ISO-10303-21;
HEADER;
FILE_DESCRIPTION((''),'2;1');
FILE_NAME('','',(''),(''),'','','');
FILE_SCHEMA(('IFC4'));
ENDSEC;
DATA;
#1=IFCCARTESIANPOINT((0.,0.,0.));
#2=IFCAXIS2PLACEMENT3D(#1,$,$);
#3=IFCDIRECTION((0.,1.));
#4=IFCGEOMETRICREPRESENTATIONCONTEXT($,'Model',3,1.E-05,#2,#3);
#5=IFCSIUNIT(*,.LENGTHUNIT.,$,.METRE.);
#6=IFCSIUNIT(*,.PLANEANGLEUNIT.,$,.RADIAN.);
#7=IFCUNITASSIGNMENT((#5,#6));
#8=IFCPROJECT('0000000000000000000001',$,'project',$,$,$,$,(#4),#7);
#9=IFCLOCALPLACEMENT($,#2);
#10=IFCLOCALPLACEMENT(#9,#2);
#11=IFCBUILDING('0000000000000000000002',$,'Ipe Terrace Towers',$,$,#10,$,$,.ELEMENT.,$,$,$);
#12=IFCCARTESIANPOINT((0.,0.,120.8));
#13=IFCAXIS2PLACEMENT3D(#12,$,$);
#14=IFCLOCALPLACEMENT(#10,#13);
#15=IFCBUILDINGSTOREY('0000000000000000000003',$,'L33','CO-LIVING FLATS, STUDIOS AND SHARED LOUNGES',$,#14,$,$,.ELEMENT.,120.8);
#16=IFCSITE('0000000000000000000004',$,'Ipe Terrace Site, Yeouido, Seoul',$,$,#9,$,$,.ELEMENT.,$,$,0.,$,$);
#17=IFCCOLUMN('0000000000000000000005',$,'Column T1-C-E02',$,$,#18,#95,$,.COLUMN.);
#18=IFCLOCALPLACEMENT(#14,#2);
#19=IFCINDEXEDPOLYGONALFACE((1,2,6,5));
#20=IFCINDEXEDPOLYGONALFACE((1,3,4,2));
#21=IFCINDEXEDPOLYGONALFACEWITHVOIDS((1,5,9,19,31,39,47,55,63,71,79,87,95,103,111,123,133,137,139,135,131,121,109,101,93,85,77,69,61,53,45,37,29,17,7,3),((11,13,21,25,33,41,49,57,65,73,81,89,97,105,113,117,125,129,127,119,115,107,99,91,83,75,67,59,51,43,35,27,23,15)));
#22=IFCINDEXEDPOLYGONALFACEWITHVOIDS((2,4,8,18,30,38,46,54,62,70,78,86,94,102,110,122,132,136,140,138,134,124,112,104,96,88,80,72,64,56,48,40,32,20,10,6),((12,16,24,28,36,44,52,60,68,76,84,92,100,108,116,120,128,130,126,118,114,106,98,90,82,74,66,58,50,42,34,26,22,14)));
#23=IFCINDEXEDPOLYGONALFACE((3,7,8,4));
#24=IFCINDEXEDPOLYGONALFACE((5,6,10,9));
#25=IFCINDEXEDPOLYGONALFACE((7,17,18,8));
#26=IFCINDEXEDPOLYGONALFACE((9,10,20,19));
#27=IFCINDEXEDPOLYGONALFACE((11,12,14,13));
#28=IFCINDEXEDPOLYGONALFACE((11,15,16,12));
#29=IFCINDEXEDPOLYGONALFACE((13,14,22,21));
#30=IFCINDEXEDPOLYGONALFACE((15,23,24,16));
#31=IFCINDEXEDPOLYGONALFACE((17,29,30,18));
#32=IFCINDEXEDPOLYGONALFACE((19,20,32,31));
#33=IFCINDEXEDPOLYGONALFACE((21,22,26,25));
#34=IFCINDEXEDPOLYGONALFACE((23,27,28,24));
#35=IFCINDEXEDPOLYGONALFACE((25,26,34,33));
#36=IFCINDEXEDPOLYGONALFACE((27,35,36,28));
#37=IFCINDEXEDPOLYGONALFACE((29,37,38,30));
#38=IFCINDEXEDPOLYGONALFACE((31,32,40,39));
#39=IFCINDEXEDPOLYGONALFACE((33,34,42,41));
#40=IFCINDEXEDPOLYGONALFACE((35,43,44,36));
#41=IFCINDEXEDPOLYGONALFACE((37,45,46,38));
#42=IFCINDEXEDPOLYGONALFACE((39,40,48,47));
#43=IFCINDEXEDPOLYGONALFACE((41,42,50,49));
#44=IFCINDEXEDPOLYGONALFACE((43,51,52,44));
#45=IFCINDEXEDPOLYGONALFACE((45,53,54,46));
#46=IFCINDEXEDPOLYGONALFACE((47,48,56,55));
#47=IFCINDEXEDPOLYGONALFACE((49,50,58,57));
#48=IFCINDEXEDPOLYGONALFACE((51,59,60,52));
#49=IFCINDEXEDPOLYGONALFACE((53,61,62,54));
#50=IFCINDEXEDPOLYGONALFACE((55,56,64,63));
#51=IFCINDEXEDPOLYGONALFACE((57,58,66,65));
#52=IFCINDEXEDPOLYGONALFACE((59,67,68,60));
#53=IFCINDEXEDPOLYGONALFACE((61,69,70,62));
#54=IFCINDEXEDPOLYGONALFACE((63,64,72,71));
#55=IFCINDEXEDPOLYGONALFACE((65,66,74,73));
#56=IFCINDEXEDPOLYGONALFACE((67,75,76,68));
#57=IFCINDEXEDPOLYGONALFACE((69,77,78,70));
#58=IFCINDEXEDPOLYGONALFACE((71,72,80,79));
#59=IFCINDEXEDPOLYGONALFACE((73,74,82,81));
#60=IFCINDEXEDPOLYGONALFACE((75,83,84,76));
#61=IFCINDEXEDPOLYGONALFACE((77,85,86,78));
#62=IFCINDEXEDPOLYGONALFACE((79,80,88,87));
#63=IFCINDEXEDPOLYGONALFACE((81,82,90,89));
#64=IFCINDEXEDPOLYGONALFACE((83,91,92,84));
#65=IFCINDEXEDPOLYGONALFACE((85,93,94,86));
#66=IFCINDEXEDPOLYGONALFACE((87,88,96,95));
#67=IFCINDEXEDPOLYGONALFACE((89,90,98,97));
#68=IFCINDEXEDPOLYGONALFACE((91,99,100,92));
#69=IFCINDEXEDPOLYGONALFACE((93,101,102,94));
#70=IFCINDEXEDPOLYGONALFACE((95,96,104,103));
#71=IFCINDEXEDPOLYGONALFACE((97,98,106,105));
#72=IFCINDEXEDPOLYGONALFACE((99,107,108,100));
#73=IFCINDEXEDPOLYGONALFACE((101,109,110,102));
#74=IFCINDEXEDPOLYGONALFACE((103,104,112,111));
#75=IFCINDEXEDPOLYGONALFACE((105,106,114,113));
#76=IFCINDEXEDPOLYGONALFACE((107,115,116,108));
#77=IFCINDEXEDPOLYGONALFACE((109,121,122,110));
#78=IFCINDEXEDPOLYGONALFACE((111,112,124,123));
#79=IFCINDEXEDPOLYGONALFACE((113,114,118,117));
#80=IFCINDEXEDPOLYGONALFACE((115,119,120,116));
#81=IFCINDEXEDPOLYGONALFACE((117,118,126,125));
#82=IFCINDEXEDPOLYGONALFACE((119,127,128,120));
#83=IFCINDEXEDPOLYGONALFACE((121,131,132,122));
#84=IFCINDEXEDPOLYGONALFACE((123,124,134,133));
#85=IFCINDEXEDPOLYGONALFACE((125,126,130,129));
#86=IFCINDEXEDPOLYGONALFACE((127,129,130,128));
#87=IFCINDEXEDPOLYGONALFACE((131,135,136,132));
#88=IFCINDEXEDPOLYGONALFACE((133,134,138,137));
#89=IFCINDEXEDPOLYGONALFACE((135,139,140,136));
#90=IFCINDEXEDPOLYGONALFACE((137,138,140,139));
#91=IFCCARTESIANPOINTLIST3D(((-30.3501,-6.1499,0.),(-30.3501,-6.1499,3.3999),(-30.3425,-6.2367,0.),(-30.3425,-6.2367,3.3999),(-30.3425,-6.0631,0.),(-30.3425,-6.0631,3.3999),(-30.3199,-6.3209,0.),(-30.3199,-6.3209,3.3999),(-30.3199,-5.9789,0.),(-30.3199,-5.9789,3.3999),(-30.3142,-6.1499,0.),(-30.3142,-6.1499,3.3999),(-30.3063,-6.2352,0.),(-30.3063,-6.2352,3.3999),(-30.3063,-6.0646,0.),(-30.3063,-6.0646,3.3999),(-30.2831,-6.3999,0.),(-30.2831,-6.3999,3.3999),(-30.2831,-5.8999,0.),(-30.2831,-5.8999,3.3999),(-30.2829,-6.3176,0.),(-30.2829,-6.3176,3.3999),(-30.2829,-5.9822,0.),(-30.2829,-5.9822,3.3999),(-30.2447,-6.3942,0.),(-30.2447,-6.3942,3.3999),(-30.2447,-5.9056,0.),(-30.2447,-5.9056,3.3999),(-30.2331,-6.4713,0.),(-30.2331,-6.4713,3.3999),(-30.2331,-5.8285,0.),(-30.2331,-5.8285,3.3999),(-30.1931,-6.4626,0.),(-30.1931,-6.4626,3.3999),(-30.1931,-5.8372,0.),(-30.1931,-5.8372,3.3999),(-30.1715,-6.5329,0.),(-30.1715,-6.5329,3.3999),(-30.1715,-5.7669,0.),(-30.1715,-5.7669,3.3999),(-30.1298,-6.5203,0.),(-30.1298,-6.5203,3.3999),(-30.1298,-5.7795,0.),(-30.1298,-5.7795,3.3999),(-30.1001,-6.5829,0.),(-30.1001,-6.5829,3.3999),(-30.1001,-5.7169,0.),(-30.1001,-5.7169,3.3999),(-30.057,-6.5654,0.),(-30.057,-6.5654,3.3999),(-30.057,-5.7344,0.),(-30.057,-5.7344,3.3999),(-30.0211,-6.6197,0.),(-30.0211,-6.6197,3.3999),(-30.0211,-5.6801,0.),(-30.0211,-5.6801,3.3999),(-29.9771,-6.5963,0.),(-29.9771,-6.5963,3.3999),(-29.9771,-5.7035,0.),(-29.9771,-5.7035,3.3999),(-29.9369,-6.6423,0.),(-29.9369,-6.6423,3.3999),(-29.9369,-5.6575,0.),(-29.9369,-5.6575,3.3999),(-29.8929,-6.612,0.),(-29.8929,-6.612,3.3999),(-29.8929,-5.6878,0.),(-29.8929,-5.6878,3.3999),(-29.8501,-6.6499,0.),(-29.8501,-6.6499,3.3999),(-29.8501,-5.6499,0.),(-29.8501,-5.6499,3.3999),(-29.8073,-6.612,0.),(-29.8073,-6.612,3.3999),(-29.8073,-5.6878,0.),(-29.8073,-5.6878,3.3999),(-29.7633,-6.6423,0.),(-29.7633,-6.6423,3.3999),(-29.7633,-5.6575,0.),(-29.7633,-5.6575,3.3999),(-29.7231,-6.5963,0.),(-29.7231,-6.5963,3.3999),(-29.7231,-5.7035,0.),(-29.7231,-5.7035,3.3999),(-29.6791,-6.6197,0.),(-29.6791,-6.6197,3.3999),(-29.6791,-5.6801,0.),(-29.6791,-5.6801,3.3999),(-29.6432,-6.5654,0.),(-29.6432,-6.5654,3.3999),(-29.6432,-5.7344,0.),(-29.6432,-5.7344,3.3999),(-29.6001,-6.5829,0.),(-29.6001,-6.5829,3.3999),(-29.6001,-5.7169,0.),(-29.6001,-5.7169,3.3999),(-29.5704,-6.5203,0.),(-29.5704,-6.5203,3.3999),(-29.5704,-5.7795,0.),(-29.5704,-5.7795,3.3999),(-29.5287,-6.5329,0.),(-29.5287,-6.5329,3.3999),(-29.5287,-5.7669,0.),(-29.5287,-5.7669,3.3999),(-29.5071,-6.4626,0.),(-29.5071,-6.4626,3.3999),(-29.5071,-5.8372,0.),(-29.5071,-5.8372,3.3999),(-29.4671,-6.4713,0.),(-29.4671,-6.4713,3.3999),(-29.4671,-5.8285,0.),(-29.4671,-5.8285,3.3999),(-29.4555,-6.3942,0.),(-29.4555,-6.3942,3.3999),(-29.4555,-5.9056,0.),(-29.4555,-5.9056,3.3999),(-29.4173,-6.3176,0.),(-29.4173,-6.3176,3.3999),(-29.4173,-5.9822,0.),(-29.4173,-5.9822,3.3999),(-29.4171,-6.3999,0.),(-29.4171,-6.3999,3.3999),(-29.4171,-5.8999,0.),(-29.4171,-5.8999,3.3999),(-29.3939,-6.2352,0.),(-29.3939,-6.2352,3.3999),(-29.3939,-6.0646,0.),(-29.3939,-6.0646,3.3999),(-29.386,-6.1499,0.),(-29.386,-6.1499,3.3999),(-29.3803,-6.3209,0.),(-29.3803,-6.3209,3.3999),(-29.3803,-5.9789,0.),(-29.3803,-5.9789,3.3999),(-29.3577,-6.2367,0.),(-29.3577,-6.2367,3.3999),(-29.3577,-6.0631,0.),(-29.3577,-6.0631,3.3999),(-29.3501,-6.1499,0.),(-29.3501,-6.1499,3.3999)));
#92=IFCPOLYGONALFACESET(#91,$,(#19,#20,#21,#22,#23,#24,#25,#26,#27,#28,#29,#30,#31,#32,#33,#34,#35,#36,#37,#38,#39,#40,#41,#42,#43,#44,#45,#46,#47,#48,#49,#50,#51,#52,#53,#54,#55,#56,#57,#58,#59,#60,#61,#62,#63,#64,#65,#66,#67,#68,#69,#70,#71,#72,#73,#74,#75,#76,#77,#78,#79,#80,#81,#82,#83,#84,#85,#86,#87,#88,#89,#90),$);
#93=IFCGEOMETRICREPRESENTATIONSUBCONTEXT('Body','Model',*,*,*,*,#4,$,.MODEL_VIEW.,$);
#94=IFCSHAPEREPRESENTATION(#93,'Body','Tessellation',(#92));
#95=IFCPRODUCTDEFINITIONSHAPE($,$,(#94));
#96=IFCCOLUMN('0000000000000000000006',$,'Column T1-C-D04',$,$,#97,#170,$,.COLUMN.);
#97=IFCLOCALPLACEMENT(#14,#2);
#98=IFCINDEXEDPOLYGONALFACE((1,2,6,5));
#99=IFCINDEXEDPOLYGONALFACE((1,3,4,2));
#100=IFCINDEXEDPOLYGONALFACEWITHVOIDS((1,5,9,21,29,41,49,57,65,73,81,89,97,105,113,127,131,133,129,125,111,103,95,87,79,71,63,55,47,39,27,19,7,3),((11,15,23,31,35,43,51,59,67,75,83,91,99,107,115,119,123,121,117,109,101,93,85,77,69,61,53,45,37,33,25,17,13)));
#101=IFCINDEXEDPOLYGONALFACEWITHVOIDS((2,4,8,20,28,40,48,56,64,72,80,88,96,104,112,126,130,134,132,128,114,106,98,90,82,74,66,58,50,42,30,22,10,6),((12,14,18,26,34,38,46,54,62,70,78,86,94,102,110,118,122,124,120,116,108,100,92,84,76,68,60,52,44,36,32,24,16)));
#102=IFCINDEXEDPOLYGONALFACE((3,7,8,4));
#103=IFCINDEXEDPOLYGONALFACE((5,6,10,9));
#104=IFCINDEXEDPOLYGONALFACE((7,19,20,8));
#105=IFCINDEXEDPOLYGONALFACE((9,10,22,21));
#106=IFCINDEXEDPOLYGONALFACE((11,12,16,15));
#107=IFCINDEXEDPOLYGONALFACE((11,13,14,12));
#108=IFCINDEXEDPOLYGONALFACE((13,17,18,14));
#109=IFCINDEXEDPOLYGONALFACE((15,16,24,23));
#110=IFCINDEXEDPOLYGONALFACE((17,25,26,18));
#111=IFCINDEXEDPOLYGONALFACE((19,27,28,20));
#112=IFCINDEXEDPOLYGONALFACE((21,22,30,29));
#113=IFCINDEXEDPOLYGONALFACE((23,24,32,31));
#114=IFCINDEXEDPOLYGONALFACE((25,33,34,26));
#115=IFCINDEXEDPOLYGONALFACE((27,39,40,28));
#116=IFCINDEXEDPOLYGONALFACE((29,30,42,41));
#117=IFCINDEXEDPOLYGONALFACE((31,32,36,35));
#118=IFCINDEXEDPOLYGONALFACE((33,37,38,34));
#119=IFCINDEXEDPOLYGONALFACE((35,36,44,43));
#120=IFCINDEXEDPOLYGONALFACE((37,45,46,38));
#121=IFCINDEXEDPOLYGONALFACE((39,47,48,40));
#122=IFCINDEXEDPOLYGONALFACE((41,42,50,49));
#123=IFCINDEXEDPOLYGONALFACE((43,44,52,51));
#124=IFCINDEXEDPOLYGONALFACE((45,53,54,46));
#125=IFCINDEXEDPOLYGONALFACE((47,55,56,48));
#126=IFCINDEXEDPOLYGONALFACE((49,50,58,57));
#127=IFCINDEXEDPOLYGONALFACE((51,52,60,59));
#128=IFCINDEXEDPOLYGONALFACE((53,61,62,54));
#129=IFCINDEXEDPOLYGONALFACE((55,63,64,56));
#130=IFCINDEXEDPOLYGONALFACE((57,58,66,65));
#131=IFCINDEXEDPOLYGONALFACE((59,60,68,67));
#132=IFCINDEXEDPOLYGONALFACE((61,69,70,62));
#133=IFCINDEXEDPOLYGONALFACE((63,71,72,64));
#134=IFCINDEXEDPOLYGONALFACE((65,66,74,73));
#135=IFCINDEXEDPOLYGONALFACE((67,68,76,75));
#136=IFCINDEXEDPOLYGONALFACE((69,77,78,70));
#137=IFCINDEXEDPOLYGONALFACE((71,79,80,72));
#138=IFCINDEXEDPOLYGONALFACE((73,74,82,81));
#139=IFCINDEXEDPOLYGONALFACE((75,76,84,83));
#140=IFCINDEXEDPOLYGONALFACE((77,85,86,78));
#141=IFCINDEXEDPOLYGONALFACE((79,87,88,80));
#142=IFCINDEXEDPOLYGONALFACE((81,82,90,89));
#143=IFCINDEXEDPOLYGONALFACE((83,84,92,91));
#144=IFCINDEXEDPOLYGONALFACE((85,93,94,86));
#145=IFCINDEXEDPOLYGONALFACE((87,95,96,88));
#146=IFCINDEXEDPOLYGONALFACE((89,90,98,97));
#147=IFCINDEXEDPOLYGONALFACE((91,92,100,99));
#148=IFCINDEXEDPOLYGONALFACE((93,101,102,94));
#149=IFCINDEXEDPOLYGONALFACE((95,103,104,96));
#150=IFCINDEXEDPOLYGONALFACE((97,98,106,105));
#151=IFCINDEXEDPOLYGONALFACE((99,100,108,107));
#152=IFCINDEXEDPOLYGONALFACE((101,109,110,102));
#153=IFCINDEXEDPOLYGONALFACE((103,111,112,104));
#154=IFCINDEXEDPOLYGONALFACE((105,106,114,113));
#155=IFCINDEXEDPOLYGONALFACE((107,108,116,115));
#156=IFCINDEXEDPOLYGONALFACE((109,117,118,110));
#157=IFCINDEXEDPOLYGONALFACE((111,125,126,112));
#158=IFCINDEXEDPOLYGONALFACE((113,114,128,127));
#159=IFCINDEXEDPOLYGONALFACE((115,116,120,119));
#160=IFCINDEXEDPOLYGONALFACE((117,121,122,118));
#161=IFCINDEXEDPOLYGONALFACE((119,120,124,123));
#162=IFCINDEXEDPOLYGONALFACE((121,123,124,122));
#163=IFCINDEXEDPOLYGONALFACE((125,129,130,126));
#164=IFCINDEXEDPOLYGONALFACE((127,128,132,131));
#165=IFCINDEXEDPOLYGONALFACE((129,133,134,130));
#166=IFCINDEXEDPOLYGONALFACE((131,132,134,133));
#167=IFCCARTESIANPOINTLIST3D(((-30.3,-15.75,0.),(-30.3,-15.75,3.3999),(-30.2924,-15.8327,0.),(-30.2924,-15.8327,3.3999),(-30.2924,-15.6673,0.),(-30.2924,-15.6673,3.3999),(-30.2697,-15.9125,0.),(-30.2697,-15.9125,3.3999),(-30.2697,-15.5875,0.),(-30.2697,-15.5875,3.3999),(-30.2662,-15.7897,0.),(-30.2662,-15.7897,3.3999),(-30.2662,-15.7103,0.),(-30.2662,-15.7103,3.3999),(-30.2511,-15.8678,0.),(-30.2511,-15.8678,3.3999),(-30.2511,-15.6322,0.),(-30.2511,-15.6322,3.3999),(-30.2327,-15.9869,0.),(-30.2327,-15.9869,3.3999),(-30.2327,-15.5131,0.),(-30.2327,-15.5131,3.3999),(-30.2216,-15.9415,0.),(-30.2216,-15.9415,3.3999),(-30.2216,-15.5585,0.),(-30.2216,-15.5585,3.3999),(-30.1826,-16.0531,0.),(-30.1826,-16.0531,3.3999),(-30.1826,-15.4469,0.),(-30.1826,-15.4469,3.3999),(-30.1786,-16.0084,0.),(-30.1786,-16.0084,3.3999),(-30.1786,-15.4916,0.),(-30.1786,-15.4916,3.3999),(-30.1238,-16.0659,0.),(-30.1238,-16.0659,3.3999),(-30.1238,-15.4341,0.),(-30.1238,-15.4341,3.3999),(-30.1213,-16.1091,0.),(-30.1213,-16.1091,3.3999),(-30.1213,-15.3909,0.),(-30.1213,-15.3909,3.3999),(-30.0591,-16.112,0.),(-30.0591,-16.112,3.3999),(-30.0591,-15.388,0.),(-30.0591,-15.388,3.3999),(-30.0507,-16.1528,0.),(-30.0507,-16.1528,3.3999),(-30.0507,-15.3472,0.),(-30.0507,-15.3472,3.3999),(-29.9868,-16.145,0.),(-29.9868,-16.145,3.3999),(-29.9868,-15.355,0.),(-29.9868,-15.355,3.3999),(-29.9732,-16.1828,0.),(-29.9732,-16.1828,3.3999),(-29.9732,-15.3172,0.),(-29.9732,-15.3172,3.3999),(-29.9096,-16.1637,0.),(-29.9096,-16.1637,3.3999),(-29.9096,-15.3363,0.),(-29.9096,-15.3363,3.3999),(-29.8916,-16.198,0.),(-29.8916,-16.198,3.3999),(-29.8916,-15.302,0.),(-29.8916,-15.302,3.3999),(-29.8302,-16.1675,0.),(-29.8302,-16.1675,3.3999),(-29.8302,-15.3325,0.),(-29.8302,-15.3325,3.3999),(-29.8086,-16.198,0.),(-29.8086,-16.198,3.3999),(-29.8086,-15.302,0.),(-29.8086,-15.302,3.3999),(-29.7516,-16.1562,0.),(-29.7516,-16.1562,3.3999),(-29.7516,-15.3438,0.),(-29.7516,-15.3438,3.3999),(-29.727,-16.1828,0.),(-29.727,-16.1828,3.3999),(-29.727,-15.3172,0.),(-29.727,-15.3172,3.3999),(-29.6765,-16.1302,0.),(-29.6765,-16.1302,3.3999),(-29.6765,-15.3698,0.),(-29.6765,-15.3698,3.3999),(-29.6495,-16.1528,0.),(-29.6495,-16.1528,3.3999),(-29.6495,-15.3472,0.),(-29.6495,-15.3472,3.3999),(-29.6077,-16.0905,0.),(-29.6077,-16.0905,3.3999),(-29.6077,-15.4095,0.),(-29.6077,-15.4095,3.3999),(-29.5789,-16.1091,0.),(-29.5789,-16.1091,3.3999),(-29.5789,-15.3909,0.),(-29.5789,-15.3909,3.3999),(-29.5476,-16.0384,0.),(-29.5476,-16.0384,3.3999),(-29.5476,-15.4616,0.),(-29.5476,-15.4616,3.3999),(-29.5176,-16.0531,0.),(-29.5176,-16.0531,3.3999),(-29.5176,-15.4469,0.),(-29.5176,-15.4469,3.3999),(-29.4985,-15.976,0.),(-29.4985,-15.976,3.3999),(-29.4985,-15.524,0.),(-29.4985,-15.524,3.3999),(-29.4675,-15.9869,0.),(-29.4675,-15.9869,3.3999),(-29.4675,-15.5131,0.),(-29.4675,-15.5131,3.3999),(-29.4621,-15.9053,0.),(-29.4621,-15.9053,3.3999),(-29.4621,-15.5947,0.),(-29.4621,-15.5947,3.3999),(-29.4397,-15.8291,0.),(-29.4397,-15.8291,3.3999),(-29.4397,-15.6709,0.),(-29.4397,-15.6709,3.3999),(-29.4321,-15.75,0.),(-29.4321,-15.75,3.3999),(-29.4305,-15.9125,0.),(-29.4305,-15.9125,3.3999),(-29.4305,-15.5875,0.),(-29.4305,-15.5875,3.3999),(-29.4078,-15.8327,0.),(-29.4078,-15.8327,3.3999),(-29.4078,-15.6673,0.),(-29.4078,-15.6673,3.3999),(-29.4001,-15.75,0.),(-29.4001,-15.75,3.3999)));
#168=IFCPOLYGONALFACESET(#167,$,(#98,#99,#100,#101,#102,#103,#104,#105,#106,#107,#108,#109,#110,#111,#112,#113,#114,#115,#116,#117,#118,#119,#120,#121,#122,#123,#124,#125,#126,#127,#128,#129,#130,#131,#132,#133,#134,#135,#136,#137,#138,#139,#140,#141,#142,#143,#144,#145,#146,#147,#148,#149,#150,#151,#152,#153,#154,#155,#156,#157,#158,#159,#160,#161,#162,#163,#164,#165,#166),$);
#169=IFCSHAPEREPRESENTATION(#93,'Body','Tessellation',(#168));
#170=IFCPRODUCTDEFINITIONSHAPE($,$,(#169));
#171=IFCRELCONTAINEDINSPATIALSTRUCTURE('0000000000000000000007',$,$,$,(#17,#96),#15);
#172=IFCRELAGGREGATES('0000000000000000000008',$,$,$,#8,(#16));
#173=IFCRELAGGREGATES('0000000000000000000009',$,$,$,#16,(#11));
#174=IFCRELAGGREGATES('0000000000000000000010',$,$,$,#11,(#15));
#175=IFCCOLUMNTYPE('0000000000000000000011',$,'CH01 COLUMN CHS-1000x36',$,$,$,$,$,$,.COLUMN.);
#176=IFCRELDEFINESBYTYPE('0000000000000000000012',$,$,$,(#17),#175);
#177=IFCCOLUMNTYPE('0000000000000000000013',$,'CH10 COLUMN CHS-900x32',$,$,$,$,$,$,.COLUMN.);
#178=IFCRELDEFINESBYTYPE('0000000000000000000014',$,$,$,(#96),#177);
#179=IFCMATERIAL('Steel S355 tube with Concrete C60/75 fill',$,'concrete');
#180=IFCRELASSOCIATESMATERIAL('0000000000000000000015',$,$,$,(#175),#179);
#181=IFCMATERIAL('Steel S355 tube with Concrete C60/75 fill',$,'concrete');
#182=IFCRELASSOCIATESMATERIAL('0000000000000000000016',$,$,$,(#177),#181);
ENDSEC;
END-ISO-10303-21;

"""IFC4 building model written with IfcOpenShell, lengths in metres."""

from ifc_helpers import new_model, si_unit, direction, frame, origin, origin_2d, place, context, subcontext, project, spatial, hollow_circle, extrude, material, material_profile, profile_set, type_object, element, save


model = new_model("IFC4")

# Units and contexts
model_context = context("Model", 3, precision=1e-05, world=origin(), true_north=direction((0.0, 1.0)))
body_context = subcontext(model_context, "Body", "Model", "MODEL_VIEW")
ifc_project = project(units=[si_unit("LENGTHUNIT", "METRE"), si_unit("PLANEANGLEUNIT", "RADIAN")], contexts=[model_context])

# Site, building, storey
site_placement = place(None, origin())
site = spatial("IfcSite", under=ifc_project, at=site_placement, Name="Ipe Terrace Site, Yeouido, Seoul", CompositionType="ELEMENT", RefElevation=0.0)
building_placement = place(site_placement, origin())
building = spatial("IfcBuilding", under=site, at=building_placement, Name="Ipe Terrace Towers", CompositionType="ELEMENT")
storey_placement = place(building_placement, frame((0.0, 0.0, 120.8)))
storey = spatial("IfcBuildingStorey", under=building, at=storey_placement, Name="L33", Description="CO-LIVING FLATS, STUDIOS AND SHARED LOUNGES", CompositionType="ELEMENT", Elevation=120.8)

# Columns
ifc_material_1 = material(Name="Steel S355 tube with Concrete C60/75 fill", Category="concrete")
ifc_material_profile_1 = material_profile(ifc_material_1, hollow_circle(Radius=0.5, WallThickness=0.0359, at=origin_2d()), Name="CHS-1000x36")
ifc_profile_set_1 = profile_set([ifc_material_profile_1], Name="Steel S355 tube with Concrete C60/75 fill")
column_type_1 = type_object("IfcColumnType", Name="CH01 COLUMN CHS-1000x36", PredefinedType="COLUMN", material=ifc_profile_set_1)
column_placement = place(storey_placement, frame((-29.8501, -6.1499, 0.0), z_axis=(0.0, 0.0, 1.0), x_axis=(1.0, 0.0, 0.0)))
element("IfcColumn", 1, at=column_placement, inside=storey, type_object=column_type_1, Name="Column T1-C-E02", PredefinedType="COLUMN", context=body_context, shape_type="SweptSolid", body=[
    extrude(hollow_circle(Radius=0.5, WallThickness=0.0359, at=origin_2d()), origin(), (0.0, 0.0, 1.0), 3.3999),
])
ifc_material_2 = material(Name="Steel S355 tube with Concrete C60/75 fill", Category="concrete")
ifc_material_profile_2 = material_profile(ifc_material_2, hollow_circle(Radius=0.45, WallThickness=0.032, at=origin_2d()), Name="CHS-900x32")
ifc_profile_set_2 = profile_set([ifc_material_profile_2], Name="Steel S355 tube with Concrete C60/75 fill")
column_type_2 = type_object("IfcColumnType", Name="CH10 COLUMN CHS-900x32", PredefinedType="COLUMN", material=ifc_profile_set_2)
for number, where, z_axis, x_axis, name in (
    (2, (-29.8501, -15.75, 0.0), (0.0, 0.0, 1.0), (1.0, 0.0, 0.0), "Column T1-C-D04"),
):
    element("IfcColumn", number, at=place(storey_placement, frame(where, z_axis=z_axis, x_axis=x_axis)), inside=storey, type_object=column_type_2, Name=name, PredefinedType="COLUMN", context=body_context, shape_type="SweptSolid", body=[
        extrude(hollow_circle(Radius=0.45, WallThickness=0.032, at=origin_2d()), origin(), (0.0, 0.0, 1.0), 3.3999),
    ])

save(model, "model.ifc")
